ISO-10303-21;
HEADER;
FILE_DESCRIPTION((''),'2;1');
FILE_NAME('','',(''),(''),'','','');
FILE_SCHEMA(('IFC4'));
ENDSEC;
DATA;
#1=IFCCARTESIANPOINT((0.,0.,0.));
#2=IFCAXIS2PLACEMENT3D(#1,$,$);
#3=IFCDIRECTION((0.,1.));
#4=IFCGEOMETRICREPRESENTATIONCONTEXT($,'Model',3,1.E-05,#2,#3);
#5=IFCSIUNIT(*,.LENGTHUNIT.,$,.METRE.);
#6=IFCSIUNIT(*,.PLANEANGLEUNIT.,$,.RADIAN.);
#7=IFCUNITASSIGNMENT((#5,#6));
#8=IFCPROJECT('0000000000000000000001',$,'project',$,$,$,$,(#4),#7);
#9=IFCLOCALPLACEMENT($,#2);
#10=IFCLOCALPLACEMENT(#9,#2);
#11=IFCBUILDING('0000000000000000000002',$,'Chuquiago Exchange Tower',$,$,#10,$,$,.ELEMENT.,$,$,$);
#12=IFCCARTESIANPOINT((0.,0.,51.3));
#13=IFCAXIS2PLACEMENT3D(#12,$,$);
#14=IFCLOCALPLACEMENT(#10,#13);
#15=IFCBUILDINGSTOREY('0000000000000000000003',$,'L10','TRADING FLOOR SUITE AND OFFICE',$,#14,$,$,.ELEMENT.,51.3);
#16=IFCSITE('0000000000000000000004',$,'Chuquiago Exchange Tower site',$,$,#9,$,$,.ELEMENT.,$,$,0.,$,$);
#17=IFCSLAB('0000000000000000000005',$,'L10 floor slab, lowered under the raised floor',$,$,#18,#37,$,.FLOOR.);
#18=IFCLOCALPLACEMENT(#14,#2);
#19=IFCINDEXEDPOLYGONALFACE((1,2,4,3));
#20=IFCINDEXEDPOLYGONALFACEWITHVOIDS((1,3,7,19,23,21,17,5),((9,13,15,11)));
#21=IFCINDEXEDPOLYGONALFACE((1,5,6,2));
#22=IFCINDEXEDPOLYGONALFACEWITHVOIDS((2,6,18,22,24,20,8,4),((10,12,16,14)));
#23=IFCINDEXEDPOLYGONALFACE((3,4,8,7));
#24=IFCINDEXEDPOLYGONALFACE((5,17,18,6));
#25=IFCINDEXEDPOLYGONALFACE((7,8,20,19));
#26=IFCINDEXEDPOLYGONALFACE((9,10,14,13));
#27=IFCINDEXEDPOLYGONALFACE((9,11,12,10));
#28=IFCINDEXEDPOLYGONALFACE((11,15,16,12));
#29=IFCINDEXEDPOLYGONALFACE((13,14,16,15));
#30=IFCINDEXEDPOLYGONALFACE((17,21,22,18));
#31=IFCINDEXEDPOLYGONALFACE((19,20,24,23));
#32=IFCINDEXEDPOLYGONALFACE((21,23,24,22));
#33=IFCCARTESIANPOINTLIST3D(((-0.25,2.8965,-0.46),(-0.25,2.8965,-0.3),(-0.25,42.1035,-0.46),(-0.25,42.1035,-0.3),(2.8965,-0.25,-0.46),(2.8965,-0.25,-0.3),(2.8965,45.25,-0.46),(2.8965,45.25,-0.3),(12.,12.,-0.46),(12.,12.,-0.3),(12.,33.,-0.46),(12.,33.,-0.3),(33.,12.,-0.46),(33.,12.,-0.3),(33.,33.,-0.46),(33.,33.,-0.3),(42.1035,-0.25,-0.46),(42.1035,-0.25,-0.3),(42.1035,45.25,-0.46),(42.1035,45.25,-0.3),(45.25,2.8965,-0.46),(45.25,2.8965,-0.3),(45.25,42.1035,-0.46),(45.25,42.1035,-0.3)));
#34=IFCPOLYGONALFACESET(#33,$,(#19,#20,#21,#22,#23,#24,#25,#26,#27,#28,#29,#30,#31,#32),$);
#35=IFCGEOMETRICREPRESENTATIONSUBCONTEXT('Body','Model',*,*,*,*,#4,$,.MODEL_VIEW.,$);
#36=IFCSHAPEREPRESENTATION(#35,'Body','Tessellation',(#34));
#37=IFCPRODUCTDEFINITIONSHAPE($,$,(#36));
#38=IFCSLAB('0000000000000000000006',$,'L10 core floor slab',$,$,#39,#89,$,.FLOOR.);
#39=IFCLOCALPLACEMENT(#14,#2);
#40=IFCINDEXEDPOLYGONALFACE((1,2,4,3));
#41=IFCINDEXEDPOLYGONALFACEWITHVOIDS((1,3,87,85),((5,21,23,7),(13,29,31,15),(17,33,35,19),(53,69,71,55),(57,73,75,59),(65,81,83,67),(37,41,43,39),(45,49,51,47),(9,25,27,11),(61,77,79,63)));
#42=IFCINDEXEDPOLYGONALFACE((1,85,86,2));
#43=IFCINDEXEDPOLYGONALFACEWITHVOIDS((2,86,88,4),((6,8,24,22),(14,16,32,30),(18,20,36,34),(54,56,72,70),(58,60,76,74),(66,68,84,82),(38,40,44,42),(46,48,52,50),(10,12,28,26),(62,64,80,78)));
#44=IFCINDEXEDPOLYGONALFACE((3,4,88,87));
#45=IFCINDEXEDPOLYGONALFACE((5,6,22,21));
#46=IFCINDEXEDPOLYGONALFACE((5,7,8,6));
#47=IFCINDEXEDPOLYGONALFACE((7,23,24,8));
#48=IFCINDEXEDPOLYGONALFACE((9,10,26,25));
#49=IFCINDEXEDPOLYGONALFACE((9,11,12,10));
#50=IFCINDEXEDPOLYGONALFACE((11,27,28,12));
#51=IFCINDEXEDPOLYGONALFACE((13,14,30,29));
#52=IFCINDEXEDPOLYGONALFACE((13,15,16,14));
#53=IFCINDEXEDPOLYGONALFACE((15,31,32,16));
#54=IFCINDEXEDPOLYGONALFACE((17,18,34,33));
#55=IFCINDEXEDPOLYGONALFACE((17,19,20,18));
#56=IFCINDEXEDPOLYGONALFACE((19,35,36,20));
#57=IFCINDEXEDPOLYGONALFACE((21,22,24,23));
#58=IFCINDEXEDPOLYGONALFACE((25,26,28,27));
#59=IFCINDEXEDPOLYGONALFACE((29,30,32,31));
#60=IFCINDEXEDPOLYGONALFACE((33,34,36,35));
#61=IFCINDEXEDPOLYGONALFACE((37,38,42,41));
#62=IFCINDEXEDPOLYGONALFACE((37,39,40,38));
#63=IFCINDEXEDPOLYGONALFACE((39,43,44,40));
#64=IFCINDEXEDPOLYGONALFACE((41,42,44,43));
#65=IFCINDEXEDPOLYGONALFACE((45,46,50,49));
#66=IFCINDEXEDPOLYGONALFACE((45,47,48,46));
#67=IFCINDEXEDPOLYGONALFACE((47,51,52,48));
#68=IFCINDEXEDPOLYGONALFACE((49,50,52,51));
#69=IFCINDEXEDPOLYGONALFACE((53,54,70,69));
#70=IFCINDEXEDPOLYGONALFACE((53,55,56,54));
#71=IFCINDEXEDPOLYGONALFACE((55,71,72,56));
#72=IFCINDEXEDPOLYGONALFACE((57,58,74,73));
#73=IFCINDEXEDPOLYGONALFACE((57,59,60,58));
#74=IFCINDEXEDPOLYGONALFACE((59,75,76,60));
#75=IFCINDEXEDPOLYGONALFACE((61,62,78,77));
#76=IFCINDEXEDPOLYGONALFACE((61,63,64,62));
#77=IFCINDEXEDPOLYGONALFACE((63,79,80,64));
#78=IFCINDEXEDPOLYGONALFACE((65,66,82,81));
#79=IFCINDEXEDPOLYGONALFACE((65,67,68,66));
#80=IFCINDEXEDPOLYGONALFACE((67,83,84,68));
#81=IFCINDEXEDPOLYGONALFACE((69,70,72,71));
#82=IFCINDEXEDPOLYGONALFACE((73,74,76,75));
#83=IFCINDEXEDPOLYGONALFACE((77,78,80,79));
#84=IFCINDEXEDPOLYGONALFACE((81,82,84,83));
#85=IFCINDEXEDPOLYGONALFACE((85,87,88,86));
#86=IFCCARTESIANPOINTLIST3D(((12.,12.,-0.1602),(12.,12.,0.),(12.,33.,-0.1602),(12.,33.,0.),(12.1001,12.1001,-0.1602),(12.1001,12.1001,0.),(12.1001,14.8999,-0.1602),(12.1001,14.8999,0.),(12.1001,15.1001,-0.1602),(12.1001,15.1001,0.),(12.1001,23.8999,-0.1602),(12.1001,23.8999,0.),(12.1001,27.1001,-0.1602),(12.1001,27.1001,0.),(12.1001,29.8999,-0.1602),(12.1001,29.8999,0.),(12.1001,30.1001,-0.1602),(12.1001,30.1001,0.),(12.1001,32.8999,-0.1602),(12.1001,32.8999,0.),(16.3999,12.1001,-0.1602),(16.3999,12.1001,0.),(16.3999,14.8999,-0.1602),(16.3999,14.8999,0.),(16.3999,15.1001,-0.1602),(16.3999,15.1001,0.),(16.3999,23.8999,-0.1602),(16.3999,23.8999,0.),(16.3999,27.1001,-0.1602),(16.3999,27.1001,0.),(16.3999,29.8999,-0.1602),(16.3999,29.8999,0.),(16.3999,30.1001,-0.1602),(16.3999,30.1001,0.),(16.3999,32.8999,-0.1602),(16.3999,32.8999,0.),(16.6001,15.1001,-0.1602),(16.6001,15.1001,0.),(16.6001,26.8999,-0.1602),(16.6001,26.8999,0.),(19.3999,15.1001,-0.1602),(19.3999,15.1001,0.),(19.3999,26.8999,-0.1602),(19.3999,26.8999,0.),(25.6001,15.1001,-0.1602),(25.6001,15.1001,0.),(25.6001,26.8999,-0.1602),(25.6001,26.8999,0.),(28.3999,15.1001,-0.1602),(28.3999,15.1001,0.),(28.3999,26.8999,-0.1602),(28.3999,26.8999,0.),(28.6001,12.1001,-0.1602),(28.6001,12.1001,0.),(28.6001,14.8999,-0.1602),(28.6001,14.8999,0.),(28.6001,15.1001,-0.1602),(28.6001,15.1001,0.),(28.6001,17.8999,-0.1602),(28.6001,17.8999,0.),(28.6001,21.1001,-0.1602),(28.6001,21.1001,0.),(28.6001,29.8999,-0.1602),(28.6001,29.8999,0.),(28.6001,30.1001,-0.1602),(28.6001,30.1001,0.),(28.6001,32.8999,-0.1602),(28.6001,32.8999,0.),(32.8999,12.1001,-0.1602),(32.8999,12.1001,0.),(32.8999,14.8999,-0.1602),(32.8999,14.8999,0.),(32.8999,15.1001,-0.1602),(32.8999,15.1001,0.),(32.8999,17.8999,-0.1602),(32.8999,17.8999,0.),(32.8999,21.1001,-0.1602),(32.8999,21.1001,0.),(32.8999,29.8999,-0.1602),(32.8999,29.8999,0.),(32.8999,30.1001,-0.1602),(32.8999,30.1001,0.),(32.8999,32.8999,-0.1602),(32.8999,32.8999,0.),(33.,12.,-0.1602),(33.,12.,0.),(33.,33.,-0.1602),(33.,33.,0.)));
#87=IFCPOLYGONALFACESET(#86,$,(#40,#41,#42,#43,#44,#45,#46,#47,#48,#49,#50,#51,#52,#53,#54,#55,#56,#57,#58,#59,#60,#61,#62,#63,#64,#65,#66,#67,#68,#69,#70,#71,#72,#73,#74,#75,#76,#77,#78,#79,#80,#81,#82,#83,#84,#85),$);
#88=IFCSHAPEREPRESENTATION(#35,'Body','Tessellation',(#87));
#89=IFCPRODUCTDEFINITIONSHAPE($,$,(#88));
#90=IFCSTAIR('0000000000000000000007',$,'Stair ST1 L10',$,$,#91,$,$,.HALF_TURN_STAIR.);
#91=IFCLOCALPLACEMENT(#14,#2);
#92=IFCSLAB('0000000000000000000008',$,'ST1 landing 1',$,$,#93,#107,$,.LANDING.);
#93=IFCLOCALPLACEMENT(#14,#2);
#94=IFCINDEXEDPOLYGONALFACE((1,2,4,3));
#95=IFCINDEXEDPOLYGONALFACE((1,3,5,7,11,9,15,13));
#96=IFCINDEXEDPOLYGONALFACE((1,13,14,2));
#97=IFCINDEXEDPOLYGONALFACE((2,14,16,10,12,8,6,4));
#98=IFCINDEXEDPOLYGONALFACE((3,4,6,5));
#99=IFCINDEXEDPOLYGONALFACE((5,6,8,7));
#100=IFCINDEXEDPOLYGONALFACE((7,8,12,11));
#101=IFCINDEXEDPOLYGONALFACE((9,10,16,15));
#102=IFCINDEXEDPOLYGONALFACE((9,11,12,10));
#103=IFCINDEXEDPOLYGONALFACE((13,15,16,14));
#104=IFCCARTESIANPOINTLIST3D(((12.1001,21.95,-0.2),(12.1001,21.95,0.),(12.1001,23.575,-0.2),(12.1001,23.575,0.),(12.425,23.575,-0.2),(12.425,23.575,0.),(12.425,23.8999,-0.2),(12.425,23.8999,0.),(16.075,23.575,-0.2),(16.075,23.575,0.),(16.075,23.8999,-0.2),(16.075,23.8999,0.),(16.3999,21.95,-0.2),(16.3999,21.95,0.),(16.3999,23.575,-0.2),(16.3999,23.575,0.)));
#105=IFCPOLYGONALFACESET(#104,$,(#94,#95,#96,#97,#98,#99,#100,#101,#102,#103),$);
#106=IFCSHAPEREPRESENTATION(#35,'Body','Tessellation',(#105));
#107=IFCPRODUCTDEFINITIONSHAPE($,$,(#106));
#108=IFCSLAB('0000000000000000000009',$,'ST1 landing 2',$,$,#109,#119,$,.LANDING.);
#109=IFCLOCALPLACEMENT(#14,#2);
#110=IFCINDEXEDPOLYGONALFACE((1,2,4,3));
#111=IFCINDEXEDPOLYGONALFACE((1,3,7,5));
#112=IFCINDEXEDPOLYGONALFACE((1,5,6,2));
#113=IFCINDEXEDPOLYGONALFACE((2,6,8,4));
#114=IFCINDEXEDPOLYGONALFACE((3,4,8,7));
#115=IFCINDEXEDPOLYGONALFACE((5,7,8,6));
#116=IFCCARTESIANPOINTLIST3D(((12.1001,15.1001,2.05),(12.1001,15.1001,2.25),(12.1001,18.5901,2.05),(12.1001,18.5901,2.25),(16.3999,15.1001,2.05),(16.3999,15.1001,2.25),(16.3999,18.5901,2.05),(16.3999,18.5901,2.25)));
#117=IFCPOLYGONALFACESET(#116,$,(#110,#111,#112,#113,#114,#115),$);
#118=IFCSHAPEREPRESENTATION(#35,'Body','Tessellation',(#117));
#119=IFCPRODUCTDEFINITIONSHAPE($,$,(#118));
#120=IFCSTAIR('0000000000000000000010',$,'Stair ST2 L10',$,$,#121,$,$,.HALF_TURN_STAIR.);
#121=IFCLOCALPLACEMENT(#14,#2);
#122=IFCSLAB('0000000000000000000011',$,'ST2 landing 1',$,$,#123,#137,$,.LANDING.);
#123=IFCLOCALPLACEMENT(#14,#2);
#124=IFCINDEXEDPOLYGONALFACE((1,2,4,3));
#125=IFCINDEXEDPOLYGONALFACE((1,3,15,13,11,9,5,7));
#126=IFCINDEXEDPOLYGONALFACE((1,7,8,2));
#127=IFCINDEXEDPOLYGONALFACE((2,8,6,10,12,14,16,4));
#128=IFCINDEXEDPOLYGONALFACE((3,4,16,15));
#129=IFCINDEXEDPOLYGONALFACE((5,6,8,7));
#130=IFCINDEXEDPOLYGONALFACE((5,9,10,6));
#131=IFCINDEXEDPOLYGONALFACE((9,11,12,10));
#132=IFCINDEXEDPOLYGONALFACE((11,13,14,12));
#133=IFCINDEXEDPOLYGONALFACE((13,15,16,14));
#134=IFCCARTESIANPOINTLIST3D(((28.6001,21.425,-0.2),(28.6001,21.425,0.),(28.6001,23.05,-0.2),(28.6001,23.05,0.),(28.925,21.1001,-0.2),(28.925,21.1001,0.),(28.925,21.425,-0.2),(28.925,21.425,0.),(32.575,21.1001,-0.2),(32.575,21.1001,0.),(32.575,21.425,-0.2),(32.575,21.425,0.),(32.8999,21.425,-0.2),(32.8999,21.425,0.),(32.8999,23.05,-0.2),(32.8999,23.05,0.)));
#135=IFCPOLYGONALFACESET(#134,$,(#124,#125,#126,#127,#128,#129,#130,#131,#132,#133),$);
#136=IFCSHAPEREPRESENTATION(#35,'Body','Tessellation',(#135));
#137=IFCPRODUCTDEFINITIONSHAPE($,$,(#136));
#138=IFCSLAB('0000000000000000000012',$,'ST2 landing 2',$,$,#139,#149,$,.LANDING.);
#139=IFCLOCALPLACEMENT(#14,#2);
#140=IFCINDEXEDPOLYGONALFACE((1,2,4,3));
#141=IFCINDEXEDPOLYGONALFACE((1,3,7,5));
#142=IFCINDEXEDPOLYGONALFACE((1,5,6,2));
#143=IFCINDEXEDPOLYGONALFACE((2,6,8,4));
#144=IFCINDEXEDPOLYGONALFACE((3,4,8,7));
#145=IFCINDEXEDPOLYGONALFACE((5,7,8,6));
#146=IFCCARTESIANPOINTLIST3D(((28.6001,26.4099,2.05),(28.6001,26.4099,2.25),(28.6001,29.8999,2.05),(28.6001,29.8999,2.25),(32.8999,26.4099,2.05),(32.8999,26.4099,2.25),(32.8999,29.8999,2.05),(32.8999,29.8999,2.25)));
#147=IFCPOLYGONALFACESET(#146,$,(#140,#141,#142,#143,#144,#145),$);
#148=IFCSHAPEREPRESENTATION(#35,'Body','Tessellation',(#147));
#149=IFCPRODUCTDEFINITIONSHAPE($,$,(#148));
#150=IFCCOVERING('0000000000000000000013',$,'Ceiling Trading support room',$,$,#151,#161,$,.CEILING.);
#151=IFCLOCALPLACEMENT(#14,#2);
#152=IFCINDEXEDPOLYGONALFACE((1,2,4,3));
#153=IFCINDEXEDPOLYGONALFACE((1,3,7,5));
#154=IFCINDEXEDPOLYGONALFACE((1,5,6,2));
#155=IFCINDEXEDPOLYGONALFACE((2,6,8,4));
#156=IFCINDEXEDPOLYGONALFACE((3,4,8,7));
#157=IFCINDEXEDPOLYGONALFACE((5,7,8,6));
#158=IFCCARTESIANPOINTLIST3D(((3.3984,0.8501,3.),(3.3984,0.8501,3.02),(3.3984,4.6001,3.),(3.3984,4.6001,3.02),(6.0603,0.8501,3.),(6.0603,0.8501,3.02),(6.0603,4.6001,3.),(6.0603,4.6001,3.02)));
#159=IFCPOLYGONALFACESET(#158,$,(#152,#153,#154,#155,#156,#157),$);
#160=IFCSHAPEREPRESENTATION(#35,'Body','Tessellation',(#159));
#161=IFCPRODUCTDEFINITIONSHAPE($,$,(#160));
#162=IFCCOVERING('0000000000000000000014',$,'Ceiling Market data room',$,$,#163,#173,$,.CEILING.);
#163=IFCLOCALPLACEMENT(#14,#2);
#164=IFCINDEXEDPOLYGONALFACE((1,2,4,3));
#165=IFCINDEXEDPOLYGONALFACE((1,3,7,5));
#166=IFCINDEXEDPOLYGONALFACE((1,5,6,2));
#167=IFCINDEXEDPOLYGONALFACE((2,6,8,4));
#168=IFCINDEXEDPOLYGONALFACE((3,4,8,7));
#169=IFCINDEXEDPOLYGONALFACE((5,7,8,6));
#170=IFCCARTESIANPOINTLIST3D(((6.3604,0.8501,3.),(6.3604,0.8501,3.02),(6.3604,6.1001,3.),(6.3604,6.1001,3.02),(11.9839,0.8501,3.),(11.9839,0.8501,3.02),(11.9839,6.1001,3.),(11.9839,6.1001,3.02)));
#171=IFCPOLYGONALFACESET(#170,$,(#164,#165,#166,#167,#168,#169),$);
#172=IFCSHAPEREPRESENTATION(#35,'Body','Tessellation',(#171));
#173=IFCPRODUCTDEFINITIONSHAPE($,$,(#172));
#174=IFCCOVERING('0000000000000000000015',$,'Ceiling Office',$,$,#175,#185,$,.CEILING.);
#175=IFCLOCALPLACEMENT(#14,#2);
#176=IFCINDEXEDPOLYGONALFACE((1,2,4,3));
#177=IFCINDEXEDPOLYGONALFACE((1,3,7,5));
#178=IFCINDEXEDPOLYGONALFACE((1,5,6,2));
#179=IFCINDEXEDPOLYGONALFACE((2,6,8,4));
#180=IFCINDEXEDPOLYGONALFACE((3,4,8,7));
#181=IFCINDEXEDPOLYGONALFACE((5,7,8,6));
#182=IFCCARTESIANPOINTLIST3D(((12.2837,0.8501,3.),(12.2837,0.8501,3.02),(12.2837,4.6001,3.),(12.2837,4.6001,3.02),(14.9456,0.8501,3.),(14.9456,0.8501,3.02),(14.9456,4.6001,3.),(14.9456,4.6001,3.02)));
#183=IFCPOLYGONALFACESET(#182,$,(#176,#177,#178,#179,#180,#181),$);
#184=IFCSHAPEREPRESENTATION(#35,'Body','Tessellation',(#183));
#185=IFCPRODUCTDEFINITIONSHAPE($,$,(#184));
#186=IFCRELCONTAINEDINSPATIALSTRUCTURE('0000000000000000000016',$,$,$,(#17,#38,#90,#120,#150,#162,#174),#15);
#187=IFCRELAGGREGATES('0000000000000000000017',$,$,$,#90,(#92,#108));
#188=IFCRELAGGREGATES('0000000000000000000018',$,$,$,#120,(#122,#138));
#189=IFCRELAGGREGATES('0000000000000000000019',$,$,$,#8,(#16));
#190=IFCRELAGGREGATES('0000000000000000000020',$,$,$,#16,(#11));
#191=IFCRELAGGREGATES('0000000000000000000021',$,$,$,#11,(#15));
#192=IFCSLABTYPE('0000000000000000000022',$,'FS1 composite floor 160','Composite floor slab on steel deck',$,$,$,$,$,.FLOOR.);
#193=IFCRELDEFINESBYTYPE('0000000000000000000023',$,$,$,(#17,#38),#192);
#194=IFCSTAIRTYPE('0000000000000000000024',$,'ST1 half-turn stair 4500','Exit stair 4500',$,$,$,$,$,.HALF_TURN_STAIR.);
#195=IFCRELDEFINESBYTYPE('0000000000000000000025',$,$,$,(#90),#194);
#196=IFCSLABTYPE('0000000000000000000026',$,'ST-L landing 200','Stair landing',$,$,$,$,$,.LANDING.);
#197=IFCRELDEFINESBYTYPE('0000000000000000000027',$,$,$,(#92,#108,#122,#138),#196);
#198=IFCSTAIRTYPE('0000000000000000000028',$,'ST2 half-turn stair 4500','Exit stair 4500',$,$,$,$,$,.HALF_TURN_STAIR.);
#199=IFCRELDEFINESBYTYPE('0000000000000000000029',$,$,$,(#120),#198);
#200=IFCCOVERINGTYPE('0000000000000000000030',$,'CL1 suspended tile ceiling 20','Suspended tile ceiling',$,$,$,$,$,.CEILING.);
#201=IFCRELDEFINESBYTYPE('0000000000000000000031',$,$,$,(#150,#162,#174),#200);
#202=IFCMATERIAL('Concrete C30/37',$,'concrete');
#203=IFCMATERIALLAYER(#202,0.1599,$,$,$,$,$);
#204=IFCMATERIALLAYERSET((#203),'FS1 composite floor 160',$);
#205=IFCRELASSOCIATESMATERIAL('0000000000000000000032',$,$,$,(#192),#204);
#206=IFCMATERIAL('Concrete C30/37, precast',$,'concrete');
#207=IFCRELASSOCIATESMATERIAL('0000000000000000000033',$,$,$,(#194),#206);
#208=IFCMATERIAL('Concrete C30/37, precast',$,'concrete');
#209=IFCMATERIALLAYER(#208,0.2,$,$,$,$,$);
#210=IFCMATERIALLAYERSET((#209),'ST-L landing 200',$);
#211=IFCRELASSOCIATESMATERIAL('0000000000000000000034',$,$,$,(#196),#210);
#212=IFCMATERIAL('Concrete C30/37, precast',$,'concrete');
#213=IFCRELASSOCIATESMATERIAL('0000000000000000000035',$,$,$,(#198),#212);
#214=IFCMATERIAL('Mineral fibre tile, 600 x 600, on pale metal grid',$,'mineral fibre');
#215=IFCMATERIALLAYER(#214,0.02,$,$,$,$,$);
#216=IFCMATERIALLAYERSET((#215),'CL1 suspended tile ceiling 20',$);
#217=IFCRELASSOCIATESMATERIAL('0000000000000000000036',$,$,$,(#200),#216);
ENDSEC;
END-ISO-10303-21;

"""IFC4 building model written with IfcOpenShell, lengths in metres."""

from ifc_helpers import new_model, si_unit, direction, frame, origin, place, context, subcontext, project, spatial, polyline, outline, extrude, material, layer, layer_set, type_object, element, aggregate, save


model = new_model("IFC4")

# Units and contexts
model_context = context("Model", 3, precision=1e-05, world=origin(), true_north=direction((0.0, 1.0)))
body_context = subcontext(model_context, "Body", "Model", "MODEL_VIEW")
ifc_project = project(units=[si_unit("LENGTHUNIT", "METRE"), si_unit("PLANEANGLEUNIT", "RADIAN")], contexts=[model_context])

# Site, building, storey
site_placement = place(None, origin())
site = spatial("IfcSite", under=ifc_project, at=site_placement, Name="Chuquiago Exchange Tower site", CompositionType="ELEMENT", RefElevation=0.0)
building_placement = place(site_placement, origin())
building = spatial("IfcBuilding", under=site, at=building_placement, Name="Chuquiago Exchange Tower", CompositionType="ELEMENT")
storey_placement = place(building_placement, frame((0.0, 0.0, 51.3)))
storey = spatial("IfcBuildingStorey", under=building, at=storey_placement, Name="L10", Description="TRADING FLOOR SUITE AND OFFICE", CompositionType="ELEMENT", Elevation=51.3)

# Slabs
ifc_material_1 = material(Name="Concrete C30/37", Category="concrete")
ifc_layer_1 = layer(ifc_material_1, 0.1599)
ifc_layer_set_1 = layer_set([ifc_layer_1], Name="FS1 composite floor 160")
slab_type_1 = type_object("IfcSlabType", Name="FS1 composite floor 160", Description="Composite floor slab on steel deck", PredefinedType="FLOOR", material=ifc_layer_set_1)
slab_1_placement = place(storey_placement, frame((0.0, 0.0, -0.46)))
element("IfcSlab", 1, at=slab_1_placement, inside=storey, type_object=slab_type_1, Name="L10 floor slab, lowered under the raised floor", PredefinedType="FLOOR", context=body_context, shape_type="SweptSolid", body=[
    extrude(outline(polyline([(-0.25, 2.8965), (-0.25, 42.1035), (2.8965, 45.25), (42.1035, 45.25), (45.25, 42.1035), (45.25, 2.8965), (42.1035, -0.25), (2.8965, -0.25), (-0.25, 2.8965)]), holes=[polyline([(33.0, 33.0), (12.0, 33.0), (12.0, 12.0), (33.0, 12.0), (33.0, 33.0)])]), origin(), (0.0, 0.0, 1.0), 0.1599),
])
slab_2_placement = place(storey_placement, frame((0.0, 0.0, -0.1602)))
element("IfcSlab", 2, at=slab_2_placement, inside=storey, type_object=slab_type_1, Name="L10 core floor slab", PredefinedType="FLOOR", context=body_context, shape_type="SweptSolid", body=[
    extrude(outline(polyline([(33.0, 12.0), (33.0, 33.0), (12.0, 33.0), (12.0, 12.0), (33.0, 12.0)]), holes=[polyline([(16.3999, 15.1001), (12.1001, 15.1001), (12.1001, 23.8999), (16.3999, 23.8999), (16.3999, 15.1001)]), polyline([(32.8999, 21.1001), (28.6001, 21.1001), (28.6001, 29.8999), (32.8999, 29.8999), (32.8999, 21.1001)]), polyline([(16.3999, 12.1001), (12.1001, 12.1001), (12.1001, 14.8999), (16.3999, 14.8999), (16.3999, 12.1001)]), polyline([(16.3999, 30.1001), (12.1001, 30.1001), (12.1001, 32.8999), (16.3999, 32.8999), (16.3999, 30.1001)]), polyline([(32.8999, 12.1001), (28.6001, 12.1001), (28.6001, 14.8999), (32.8999, 14.8999), (32.8999, 12.1001)]), polyline([(32.8999, 30.1001), (28.6001, 30.1001), (28.6001, 32.8999), (32.8999, 32.8999), (32.8999, 30.1001)]), polyline([(16.3999, 27.1001), (12.1001, 27.1001), (12.1001, 29.8999), (16.3999, 29.8999), (16.3999, 27.1001)]), polyline([(32.8999, 15.1001), (28.6001, 15.1001), (28.6001, 17.8999), (32.8999, 17.8999), (32.8999, 15.1001)]), polyline([(19.3999, 15.1001), (16.6001, 15.1001), (16.6001, 26.8999), (19.3999, 26.8999), (19.3999, 15.1001)]), polyline([(28.3999, 15.1001), (25.6001, 15.1001), (25.6001, 26.8999), (28.3999, 26.8999), (28.3999, 15.1001)])]), origin(), (0.0, 0.0, 1.0), 0.1602),
])

# Stairs, slabs
ifc_material_2 = material(Name="Concrete C30/37, precast", Category="concrete")
stair_type_1 = type_object("IfcStairType", Name="ST1 half-turn stair 4500", Description="Exit stair 4500", PredefinedType="HALF_TURN_STAIR", material=ifc_material_2)
stair_1_placement = place(storey_placement, origin())
stair_1 = element("IfcStair", 3, at=stair_1_placement, inside=storey, type_object=stair_type_1, Name="Stair ST1 L10", PredefinedType="HALF_TURN_STAIR")
ifc_material_3 = material(Name="Concrete C30/37, precast", Category="concrete")
ifc_layer_2 = layer(ifc_material_3, 0.2)
ifc_layer_set_2 = layer_set([ifc_layer_2], Name="ST-L landing 200")
slab_type_2 = type_object("IfcSlabType", Name="ST-L landing 200", Description="Stair landing", PredefinedType="LANDING", material=ifc_layer_set_2)
slab_3_placement = place(storey_placement, frame((0.0, 0.0, -0.2)))
slab_3 = element("IfcSlab", 4, at=slab_3_placement, type_object=slab_type_2, Name="ST1 landing 1", PredefinedType="LANDING", context=body_context, shape_type="SweptSolid", body=[
    extrude(outline(polyline([(12.425, 23.8999), (16.075, 23.8999), (16.075, 23.575), (16.3999, 23.575), (16.3999, 21.95), (12.1001, 21.95), (12.1001, 23.575), (12.425, 23.575), (12.425, 23.8999)])), origin(), (0.0, 0.0, 1.0), 0.2),
])
slab_4_placement = place(storey_placement, frame((0.0, 0.0, 2.05)))
slab_4 = element("IfcSlab", 5, at=slab_4_placement, type_object=slab_type_2, Name="ST1 landing 2", PredefinedType="LANDING", context=body_context, shape_type="SweptSolid", body=[
    extrude(outline(polyline([(12.1001, 18.5901), (16.3999, 18.5901), (16.3999, 15.1001), (12.1001, 15.1001), (12.1001, 18.5901)])), origin(), (0.0, 0.0, 1.0), 0.2),
])
aggregate(stair_1, [slab_3, slab_4])
ifc_material_4 = material(Name="Concrete C30/37, precast", Category="concrete")
stair_type_2 = type_object("IfcStairType", Name="ST2 half-turn stair 4500", Description="Exit stair 4500", PredefinedType="HALF_TURN_STAIR", material=ifc_material_4)
stair_2_placement = place(storey_placement, origin())
stair_2 = element("IfcStair", 6, at=stair_2_placement, inside=storey, type_object=stair_type_2, Name="Stair ST2 L10", PredefinedType="HALF_TURN_STAIR")
slab_5_placement = place(storey_placement, frame((0.0, 0.0, -0.2)))
slab_5 = element("IfcSlab", 7, at=slab_5_placement, type_object=slab_type_2, Name="ST2 landing 1", PredefinedType="LANDING", context=body_context, shape_type="SweptSolid", body=[
    extrude(outline(polyline([(32.575, 21.425), (32.575, 21.1001), (28.925, 21.1001), (28.925, 21.425), (28.6001, 21.425), (28.6001, 23.05), (32.8999, 23.05), (32.8999, 21.425), (32.575, 21.425)])), origin(), (0.0, 0.0, 1.0), 0.2),
])
slab_6_placement = place(storey_placement, frame((0.0, 0.0, 2.05)))
slab_6 = element("IfcSlab", 8, at=slab_6_placement, type_object=slab_type_2, Name="ST2 landing 2", PredefinedType="LANDING", context=body_context, shape_type="SweptSolid", body=[
    extrude(outline(polyline([(28.6001, 29.8999), (32.8999, 29.8999), (32.8999, 26.4099), (28.6001, 26.4099), (28.6001, 29.8999)])), origin(), (0.0, 0.0, 1.0), 0.2),
])
aggregate(stair_2, [slab_5, slab_6])

# Coverings
ifc_material_5 = material(Name="Mineral fibre tile, 600 x 600, on pale metal grid", Category="mineral fibre")
ifc_layer_3 = layer(ifc_material_5, 0.02)
ifc_layer_set_3 = layer_set([ifc_layer_3], Name="CL1 suspended tile ceiling 20")
covering_type_1 = type_object("IfcCoveringType", Name="CL1 suspended tile ceiling 20", Description="Suspended tile ceiling", PredefinedType="CEILING", material=ifc_layer_set_3)
covering_1_placement = place(storey_placement, frame((0.0, 0.0, 3.0)))
element("IfcCovering", 9, at=covering_1_placement, inside=storey, type_object=covering_type_1, Name="Ceiling Trading support room", PredefinedType="CEILING", context=body_context, shape_type="SweptSolid", body=[
    extrude(outline(polyline([(3.3984, 4.6001), (6.0603, 4.6001), (6.0603, 0.8501), (3.3984, 0.8501), (3.3984, 4.6001)])), origin(), (0.0, 0.0, 1.0), 0.02),
])
covering_2_placement = place(storey_placement, frame((0.0, 0.0, 3.0)))
element("IfcCovering", 10, at=covering_2_placement, inside=storey, type_object=covering_type_1, Name="Ceiling Market data room", PredefinedType="CEILING", context=body_context, shape_type="SweptSolid", body=[
    extrude(outline(polyline([(6.3604, 6.1001), (11.9839, 6.1001), (11.9839, 0.8501), (6.3604, 0.8501), (6.3604, 6.1001)])), origin(), (0.0, 0.0, 1.0), 0.02),
])
covering_3_placement = place(storey_placement, frame((0.0, 0.0, 3.0)))
element("IfcCovering", 11, at=covering_3_placement, inside=storey, type_object=covering_type_1, Name="Ceiling Office", PredefinedType="CEILING", context=body_context, shape_type="SweptSolid", body=[
    extrude(outline(polyline([(12.2837, 4.6001), (14.9456, 4.6001), (14.9456, 0.8501), (12.2837, 0.8501), (12.2837, 4.6001)])), origin(), (0.0, 0.0, 1.0), 0.02),
])

save(model, "model.ifc")
